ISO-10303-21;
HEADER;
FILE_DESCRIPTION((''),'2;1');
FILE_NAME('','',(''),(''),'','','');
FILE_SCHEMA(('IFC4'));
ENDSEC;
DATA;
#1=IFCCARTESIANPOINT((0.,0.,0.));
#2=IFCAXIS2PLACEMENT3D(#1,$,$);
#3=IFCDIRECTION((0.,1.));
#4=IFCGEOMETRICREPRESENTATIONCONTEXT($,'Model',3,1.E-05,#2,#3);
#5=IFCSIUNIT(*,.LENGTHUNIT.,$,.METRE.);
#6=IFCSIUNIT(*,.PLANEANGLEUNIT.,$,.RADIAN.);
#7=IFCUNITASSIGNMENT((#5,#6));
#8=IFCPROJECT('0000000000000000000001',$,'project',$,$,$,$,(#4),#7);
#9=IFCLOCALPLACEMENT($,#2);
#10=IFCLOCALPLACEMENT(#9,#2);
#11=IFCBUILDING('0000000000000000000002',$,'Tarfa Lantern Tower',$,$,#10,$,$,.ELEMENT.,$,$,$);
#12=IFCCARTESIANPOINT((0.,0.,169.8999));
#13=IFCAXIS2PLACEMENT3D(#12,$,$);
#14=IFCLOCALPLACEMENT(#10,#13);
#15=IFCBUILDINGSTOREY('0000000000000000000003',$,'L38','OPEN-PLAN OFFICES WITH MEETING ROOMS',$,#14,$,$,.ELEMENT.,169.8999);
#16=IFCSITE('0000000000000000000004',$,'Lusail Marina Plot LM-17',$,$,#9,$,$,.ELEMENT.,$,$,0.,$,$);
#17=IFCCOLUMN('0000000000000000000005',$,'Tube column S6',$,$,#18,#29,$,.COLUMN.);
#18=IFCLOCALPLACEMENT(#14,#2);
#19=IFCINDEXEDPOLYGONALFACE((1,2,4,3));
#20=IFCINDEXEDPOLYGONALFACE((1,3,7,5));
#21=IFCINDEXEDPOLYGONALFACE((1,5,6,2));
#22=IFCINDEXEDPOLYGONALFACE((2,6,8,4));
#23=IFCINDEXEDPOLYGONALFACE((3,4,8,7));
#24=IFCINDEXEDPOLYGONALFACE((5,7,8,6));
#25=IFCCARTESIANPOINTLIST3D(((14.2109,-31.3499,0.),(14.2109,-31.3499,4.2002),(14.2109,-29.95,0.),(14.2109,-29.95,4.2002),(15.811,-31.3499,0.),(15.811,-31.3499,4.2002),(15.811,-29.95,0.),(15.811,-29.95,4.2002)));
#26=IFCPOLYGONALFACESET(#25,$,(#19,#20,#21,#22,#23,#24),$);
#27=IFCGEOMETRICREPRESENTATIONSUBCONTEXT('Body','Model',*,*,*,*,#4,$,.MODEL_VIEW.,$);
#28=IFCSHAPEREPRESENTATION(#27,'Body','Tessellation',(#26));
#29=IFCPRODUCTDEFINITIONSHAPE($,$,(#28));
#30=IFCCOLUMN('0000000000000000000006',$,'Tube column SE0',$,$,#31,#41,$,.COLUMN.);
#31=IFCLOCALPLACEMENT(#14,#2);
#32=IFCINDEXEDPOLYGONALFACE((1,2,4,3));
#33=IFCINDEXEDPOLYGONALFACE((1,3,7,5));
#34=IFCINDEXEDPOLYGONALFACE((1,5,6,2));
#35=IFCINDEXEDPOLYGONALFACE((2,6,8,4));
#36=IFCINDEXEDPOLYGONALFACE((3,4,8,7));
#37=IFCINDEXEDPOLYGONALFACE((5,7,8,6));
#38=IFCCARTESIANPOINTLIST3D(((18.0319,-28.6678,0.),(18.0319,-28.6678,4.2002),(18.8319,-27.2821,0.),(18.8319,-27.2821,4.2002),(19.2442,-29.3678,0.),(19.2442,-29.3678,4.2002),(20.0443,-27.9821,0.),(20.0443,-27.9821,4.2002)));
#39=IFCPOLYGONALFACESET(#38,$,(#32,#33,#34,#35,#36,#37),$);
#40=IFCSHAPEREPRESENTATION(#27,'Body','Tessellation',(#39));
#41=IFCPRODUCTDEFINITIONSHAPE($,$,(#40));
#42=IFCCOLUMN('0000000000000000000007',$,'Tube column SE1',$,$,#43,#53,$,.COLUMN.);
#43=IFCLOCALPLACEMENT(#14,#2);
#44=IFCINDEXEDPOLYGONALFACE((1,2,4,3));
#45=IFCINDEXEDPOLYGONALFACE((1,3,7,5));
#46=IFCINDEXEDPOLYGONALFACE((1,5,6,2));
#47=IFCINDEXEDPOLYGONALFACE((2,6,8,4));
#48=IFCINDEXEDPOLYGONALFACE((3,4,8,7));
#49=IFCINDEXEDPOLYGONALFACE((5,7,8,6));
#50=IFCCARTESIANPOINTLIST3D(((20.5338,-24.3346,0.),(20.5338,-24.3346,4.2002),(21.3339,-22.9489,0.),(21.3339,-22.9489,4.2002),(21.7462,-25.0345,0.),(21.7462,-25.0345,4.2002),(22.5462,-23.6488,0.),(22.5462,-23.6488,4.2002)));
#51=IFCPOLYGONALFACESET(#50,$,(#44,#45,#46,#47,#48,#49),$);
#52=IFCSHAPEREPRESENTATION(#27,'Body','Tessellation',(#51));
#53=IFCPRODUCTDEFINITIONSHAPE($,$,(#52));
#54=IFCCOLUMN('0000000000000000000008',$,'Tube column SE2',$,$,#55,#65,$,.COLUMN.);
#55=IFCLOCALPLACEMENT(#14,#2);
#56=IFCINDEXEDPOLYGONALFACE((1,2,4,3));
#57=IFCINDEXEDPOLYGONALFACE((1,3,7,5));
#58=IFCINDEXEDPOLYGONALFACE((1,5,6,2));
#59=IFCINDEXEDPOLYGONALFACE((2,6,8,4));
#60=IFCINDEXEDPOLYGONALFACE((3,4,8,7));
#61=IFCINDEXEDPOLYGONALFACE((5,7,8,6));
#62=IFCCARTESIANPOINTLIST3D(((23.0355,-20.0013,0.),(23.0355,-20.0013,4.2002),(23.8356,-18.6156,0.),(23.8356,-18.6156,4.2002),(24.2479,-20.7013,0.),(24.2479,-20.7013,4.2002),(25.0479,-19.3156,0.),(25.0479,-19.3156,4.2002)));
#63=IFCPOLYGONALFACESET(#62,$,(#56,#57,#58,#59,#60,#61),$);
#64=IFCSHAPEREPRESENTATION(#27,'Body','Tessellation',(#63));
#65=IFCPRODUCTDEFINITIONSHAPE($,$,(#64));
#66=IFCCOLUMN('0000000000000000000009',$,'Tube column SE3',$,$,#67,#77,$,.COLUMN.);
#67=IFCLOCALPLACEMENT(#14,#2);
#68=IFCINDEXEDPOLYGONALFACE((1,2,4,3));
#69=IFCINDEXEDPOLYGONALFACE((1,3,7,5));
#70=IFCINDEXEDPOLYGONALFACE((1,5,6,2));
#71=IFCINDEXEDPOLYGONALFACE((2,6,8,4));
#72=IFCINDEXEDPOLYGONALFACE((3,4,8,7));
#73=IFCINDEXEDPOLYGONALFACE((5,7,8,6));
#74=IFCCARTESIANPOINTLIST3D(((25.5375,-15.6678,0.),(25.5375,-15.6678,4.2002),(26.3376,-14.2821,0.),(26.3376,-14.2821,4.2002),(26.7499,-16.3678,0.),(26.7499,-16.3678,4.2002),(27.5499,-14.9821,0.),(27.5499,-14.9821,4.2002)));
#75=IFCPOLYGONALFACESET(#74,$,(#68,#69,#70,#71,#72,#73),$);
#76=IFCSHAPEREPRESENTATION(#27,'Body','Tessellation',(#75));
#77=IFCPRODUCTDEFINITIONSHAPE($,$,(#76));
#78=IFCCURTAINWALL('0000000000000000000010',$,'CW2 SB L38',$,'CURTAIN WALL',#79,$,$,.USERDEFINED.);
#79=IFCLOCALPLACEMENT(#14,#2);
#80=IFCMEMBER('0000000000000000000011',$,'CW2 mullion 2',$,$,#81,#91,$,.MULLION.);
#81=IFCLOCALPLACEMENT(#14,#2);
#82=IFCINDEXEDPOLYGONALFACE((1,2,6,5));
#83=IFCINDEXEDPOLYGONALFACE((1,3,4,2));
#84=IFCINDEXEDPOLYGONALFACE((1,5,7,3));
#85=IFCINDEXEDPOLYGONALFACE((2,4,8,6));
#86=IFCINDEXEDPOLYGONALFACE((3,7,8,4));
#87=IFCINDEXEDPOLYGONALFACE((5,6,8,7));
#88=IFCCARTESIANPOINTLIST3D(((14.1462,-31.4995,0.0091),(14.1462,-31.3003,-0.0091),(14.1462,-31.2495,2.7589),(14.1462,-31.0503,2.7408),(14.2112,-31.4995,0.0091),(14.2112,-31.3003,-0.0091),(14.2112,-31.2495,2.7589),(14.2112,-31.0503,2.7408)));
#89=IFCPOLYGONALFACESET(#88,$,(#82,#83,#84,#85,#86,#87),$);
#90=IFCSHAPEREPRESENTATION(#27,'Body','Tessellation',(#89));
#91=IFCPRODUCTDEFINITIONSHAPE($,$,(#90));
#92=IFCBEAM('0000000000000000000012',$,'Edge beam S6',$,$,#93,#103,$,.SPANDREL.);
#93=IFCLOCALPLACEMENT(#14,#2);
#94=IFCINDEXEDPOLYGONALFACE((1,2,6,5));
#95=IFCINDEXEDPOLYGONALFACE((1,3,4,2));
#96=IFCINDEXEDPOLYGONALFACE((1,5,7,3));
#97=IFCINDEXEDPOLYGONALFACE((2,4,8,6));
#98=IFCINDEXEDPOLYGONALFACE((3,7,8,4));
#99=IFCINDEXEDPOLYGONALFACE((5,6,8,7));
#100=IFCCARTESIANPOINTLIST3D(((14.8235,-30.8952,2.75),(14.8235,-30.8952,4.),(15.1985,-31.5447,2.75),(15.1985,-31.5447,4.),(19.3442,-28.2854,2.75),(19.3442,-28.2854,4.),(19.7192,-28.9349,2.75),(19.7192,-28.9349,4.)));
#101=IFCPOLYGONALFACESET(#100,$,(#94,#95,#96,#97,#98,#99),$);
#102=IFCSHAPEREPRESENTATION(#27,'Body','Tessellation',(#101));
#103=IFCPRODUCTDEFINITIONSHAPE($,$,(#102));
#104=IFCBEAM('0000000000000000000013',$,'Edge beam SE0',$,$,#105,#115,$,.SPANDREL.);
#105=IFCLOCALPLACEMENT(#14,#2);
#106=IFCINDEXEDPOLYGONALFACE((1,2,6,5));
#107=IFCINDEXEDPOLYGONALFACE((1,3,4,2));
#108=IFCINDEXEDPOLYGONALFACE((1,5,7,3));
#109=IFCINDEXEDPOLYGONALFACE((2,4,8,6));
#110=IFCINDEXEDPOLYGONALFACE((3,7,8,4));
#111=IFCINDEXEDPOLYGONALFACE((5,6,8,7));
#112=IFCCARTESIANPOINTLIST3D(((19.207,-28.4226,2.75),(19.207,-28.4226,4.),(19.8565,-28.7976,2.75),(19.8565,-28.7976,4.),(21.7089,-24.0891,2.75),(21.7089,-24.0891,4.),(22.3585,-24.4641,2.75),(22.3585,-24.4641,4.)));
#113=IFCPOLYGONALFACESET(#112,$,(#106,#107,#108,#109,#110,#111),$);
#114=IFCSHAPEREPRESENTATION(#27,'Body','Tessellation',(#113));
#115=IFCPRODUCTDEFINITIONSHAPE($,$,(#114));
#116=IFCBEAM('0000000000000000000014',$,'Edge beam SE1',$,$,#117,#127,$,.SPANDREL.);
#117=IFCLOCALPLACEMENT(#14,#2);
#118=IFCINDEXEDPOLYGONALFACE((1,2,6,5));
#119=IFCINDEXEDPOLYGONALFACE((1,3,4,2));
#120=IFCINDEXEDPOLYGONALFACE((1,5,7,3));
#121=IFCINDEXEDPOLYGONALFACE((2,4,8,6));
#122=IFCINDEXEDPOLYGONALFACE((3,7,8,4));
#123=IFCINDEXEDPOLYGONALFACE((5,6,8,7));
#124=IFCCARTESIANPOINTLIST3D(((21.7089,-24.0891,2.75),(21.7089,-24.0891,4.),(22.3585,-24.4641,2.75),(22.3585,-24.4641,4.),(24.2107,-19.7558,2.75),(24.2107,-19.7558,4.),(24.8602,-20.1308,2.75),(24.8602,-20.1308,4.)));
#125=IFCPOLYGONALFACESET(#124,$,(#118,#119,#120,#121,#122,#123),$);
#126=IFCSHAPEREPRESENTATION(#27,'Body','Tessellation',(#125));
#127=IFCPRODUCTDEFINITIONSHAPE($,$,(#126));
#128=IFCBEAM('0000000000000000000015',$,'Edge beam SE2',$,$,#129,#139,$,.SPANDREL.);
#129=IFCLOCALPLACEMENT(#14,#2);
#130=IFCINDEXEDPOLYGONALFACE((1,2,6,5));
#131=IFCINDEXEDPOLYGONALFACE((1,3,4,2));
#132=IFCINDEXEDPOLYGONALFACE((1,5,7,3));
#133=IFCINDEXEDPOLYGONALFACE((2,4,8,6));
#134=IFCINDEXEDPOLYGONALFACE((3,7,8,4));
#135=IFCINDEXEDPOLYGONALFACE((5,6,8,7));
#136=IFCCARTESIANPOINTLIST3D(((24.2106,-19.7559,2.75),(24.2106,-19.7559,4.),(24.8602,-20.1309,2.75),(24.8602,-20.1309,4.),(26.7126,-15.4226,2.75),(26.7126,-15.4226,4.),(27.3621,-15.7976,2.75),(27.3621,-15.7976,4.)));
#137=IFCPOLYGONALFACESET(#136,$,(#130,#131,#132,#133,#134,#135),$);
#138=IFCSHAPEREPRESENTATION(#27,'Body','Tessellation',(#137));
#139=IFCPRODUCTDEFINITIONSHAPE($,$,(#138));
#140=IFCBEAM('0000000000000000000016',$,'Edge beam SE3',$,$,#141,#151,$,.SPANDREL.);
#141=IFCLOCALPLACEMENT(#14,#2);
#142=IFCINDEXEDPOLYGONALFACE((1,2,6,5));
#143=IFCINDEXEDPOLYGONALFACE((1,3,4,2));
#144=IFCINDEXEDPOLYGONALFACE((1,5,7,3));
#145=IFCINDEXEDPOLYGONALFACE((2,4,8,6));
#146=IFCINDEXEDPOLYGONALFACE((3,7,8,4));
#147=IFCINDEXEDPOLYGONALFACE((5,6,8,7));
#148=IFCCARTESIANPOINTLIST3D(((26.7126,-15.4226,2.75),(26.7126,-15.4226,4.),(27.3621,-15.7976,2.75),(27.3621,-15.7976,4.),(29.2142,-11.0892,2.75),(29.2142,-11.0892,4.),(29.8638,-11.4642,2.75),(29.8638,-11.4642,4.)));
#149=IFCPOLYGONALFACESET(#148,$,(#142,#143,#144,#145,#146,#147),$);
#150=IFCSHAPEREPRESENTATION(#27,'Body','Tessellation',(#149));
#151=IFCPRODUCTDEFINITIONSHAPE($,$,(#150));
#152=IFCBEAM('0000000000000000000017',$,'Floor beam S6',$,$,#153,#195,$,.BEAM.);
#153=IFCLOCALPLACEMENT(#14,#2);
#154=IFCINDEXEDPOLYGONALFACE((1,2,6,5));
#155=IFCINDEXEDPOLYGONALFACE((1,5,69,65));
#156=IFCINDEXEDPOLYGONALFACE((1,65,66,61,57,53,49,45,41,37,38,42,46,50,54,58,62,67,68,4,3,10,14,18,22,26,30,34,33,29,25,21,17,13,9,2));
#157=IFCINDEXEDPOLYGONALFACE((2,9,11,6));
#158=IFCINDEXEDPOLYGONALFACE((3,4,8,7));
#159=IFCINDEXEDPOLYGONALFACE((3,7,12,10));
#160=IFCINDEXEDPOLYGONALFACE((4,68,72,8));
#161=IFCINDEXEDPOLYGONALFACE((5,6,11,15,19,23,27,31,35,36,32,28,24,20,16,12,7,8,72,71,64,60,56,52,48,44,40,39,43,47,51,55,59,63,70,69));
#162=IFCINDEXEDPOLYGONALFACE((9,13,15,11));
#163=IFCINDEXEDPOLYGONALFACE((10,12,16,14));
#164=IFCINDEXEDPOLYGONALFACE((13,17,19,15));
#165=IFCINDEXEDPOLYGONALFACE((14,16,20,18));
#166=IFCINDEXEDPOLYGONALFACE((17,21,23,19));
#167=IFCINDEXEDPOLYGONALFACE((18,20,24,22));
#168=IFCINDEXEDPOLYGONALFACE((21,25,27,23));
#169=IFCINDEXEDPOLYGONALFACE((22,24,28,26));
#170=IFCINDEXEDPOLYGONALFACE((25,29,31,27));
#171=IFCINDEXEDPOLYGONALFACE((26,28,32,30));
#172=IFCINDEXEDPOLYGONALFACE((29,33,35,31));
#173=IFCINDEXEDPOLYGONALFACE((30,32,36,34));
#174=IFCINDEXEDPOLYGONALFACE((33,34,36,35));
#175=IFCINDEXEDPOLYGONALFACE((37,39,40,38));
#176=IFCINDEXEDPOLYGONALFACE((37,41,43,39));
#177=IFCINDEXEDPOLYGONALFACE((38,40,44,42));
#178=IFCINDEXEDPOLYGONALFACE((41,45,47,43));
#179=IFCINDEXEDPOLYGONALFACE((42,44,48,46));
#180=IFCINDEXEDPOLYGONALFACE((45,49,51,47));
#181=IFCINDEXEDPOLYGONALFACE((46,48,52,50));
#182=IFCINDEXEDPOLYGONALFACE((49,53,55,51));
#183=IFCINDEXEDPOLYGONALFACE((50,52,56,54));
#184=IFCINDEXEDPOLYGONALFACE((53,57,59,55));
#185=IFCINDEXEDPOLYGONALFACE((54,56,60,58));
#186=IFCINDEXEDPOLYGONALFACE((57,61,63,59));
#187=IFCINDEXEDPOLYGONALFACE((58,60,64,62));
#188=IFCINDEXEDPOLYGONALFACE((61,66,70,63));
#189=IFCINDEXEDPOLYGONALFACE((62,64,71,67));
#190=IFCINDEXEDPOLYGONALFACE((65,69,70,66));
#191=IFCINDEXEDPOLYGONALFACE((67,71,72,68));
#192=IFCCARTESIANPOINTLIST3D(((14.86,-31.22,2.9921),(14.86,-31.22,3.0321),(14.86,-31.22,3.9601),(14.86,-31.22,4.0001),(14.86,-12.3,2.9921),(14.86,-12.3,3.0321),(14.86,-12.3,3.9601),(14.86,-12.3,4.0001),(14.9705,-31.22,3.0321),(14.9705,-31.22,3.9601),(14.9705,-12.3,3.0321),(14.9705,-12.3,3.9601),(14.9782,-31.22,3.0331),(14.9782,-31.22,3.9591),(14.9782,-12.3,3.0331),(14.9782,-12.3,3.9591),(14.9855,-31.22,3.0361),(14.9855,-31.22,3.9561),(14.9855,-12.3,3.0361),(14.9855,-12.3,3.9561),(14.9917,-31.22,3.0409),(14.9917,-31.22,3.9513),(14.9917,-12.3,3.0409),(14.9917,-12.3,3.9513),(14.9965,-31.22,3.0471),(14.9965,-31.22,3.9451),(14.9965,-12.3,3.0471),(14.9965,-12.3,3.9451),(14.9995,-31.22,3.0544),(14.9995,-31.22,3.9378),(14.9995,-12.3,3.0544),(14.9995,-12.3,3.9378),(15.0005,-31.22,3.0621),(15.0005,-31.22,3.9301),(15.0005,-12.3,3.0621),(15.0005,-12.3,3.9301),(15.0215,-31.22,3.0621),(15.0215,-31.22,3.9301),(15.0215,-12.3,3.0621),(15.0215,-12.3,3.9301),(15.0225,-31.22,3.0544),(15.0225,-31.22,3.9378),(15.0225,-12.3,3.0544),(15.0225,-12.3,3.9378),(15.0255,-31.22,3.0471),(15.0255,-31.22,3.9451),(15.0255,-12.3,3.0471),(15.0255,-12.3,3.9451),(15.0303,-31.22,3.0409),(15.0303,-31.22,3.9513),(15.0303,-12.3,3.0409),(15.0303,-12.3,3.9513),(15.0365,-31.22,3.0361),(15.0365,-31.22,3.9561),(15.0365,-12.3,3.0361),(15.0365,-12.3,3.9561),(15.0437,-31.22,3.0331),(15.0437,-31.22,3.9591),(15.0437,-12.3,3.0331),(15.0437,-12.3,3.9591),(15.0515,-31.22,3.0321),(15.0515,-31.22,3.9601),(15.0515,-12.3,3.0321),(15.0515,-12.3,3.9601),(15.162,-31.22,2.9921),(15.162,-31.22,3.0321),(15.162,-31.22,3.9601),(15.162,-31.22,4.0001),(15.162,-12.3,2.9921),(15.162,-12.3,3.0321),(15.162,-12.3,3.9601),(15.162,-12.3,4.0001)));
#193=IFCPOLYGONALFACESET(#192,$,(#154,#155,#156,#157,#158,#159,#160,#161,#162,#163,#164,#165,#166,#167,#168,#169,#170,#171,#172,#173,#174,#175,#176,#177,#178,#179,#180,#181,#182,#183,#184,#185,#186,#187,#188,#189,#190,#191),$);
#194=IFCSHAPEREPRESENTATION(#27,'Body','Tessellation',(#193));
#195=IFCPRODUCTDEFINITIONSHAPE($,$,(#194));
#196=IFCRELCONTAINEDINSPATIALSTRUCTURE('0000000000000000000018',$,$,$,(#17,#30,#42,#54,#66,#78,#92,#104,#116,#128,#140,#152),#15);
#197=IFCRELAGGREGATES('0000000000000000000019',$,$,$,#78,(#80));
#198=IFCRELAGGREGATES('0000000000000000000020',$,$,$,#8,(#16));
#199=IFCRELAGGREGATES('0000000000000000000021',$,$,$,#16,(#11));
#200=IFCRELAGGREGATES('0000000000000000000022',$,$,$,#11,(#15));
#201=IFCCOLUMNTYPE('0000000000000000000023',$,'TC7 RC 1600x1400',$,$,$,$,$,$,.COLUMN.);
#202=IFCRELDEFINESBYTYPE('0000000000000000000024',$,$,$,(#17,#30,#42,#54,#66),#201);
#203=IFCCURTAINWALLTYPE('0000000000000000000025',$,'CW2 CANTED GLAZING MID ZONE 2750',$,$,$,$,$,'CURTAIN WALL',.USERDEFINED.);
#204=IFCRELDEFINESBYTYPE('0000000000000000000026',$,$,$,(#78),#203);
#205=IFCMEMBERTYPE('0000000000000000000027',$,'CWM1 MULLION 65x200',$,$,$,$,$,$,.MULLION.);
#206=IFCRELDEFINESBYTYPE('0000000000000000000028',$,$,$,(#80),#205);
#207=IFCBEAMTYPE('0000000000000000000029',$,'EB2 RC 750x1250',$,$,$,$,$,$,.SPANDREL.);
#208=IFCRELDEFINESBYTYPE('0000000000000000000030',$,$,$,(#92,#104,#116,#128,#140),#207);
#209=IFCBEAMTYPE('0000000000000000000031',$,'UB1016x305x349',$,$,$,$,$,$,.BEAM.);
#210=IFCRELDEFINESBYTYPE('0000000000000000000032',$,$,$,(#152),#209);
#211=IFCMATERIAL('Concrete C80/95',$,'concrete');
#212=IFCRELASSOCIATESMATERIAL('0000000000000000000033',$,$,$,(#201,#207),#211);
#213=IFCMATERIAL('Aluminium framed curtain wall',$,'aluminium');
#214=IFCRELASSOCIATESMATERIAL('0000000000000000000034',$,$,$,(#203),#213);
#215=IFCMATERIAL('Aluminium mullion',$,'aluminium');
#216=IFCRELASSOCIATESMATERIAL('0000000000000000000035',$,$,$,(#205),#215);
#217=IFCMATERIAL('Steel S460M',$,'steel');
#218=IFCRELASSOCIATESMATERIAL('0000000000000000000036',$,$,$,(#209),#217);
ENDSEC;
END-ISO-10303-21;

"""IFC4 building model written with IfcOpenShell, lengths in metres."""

from ifc_helpers import new_model, si_unit, direction, frame, origin, origin_2d, place, context, subcontext, project, spatial, rectangle, i_section, extrude, material, material_profile, profile_set, type_object, element, aggregate, save


model = new_model("IFC4")

# Units and contexts
model_context = context("Model", 3, precision=1e-05, world=origin(), true_north=direction((0.0, 1.0)))
body_context = subcontext(model_context, "Body", "Model", "MODEL_VIEW")
ifc_project = project(units=[si_unit("LENGTHUNIT", "METRE"), si_unit("PLANEANGLEUNIT", "RADIAN")], contexts=[model_context])

# Site, building, storey
site_placement = place(None, origin())
site = spatial("IfcSite", under=ifc_project, at=site_placement, Name="Lusail Marina Plot LM-17", CompositionType="ELEMENT", RefElevation=0.0)
building_placement = place(site_placement, origin())
building = spatial("IfcBuilding", under=site, at=building_placement, Name="Tarfa Lantern Tower", CompositionType="ELEMENT")
storey_placement = place(building_placement, frame((0.0, 0.0, 169.8999)))
storey = spatial("IfcBuildingStorey", under=building, at=storey_placement, Name="L38", Description="OPEN-PLAN OFFICES WITH MEETING ROOMS", CompositionType="ELEMENT", Elevation=169.8999)

# Columns
ifc_material_1 = material(Name="Concrete C80/95", Category="concrete")
ifc_material_profile_1 = material_profile(ifc_material_1, rectangle(XDim=1.6001, YDim=1.3999, at=origin_2d()), Name="RC 1600x1400")
ifc_profile_set_1 = profile_set([ifc_material_profile_1], Name="Concrete C80/95")
column_type = type_object("IfcColumnType", Name="TC7 RC 1600x1400", PredefinedType="COLUMN", material=ifc_profile_set_1)
for number, where, z_axis, x_axis, name in (
    (1, (15.011, -30.6499, 0.0), (0.0, 0.0, 1.0), (1.0, 0.0, 0.0), "Tube column S6"),
    (2, (19.0381, -28.325, 0.0), (0.0, 0.0, 1.0), (0.5, 0.866025, 0.0), "Tube column SE0"),
    (3, (21.54, -23.9917, 0.0), (0.0, 0.0, 1.0), (0.5, 0.866025, 0.0), "Tube column SE1"),
    (4, (24.0417, -19.6584, 0.0), (0.0, 0.0, 1.0), (0.5, 0.866025, 0.0), "Tube column SE2"),
    (5, (26.5437, -15.325, 0.0), (0.0, 0.0, 1.0), (0.5, 0.866025, 0.0), "Tube column SE3"),
):
    element("IfcColumn", number, at=place(storey_placement, frame(where, z_axis=z_axis, x_axis=x_axis)), inside=storey, type_object=column_type, Name=name, PredefinedType="COLUMN", context=body_context, shape_type="SweptSolid", body=[
        extrude(rectangle(XDim=1.6001, YDim=1.3999, at=origin_2d()), origin(), (0.0, 0.0, 1.0), 4.2002),
    ])

# Curtain wall, member
ifc_material_2 = material(Name="Aluminium framed curtain wall", Category="aluminium")
curtain_wall_type = type_object("IfcCurtainWallType", Name="CW2 CANTED GLAZING MID ZONE 2750", ElementType="CURTAIN WALL", PredefinedType="USERDEFINED", material=ifc_material_2)
curtain_wall_placement = place(storey_placement, origin())
curtain_wall = element("IfcCurtainWall", 6, at=curtain_wall_placement, inside=storey, type_object=curtain_wall_type, Name="CW2 SB L38", ObjectType="CURTAIN WALL", PredefinedType="USERDEFINED")
ifc_material_3 = material(Name="Aluminium mullion", Category="aluminium")
ifc_material_profile_2 = material_profile(ifc_material_3, rectangle(XDim=0.0649, YDim=0.2, at=origin_2d()), Name="AL MULLION 65x200")
ifc_profile_set_2 = profile_set([ifc_material_profile_2], Name="Aluminium mullion")
member_type = type_object("IfcMemberType", Name="CWM1 MULLION 65x200", PredefinedType="MULLION", material=ifc_profile_set_2)
member_placement = place(storey_placement, frame((14.1787, -31.3999, 0.0), z_axis=(0.0, 0.090536, 0.995893), x_axis=(-1.0, 0.0, 0.0)))
member = element("IfcMember", 7, at=member_placement, type_object=member_type, Name="CW2 mullion 2", PredefinedType="MULLION", context=body_context, shape_type="SweptSolid", body=[
    extrude(rectangle(XDim=0.0649, YDim=0.2, at=origin_2d()), origin(), (0.0, 0.0, 1.0), 2.7612),
])
aggregate(curtain_wall, [member])

# Beams
ifc_material_profile_3 = material_profile(ifc_material_1, rectangle(XDim=0.75, YDim=1.25, at=origin_2d()), Name="RC 750x1250")
ifc_profile_set_3 = profile_set([ifc_material_profile_3], Name="Concrete C80/95")
beam_type_1 = type_object("IfcBeamType", Name="EB2 RC 750x1250", PredefinedType="SPANDREL", material=ifc_profile_set_3)
beam_1_placement = place(storey_placement, frame((15.011, -31.22, 3.375), z_axis=(0.866042, 0.499972, 0.0), x_axis=(-0.499972, 0.866042, 0.0)))
element("IfcBeam", 8, at=beam_1_placement, inside=storey, type_object=beam_type_1, Name="Edge beam S6", PredefinedType="SPANDREL", context=body_context, shape_type="SweptSolid", body=[
    extrude(rectangle(XDim=0.75, YDim=1.25, at=origin_2d()), origin(), (0.0, 0.0, 1.0), 5.22),
])
beam_2_placement = place(storey_placement, frame((19.5317, -28.6101, 3.375), z_axis=(0.500001, 0.866025, 0.0), x_axis=(-0.866025, 0.500001, 0.0)))
element("IfcBeam", 9, at=beam_2_placement, inside=storey, type_object=beam_type_1, Name="Edge beam SE0", PredefinedType="SPANDREL", context=body_context, shape_type="SweptSolid", body=[
    extrude(rectangle(XDim=0.75, YDim=1.25, at=origin_2d()), origin(), (0.0, 0.0, 1.0), 5.0039),
])
for number, where, z_axis, x_axis, name in (
    (10, (22.0337, -24.2766, 3.375), (0.499986, 0.866034, 0.0), (-0.866034, 0.499986, 0.0), "Edge beam SE1"),
    (11, (24.5354, -19.9434, 3.375), (0.500022, 0.866013, 0.0), (-0.866013, 0.500022, 0.0), "Edge beam SE2"),
    (12, (27.0374, -15.6101, 3.375), (0.499965, 0.866046, 0.0), (-0.866046, 0.499965, 0.0), "Edge beam SE3"),
):
    element("IfcBeam", number, at=place(storey_placement, frame(where, z_axis=z_axis, x_axis=x_axis)), inside=storey, type_object=beam_type_1, Name=name, PredefinedType="SPANDREL", context=body_context, shape_type="SweptSolid", body=[
        extrude(rectangle(XDim=0.75, YDim=1.25, at=origin_2d()), origin(), (0.0, 0.0, 1.0), 5.0037),
    ])
ifc_material_4 = material(Name="Steel S460M", Category="steel")
ifc_material_profile_4 = material_profile(ifc_material_4, i_section(OverallWidth=0.302, OverallDepth=1.0081, WebThickness=0.021, FlangeThickness=0.04, FilletRadius=0.03, at=origin_2d()), Name="UB1016x305x349")
ifc_profile_set_4 = profile_set([ifc_material_profile_4], Name="Steel S460M")
beam_type_2 = type_object("IfcBeamType", Name="UB1016x305x349", PredefinedType="BEAM", material=ifc_profile_set_4)
beam_3_placement = place(storey_placement, frame((15.011, -31.22, 3.4961), z_axis=(0.0, 1.0, 0.0), x_axis=(-1.0, 0.0, 0.0)))
element("IfcBeam", 13, at=beam_3_placement, inside=storey, type_object=beam_type_2, Name="Floor beam S6", PredefinedType="BEAM", context=body_context, shape_type="SweptSolid", body=[
    extrude(i_section(OverallWidth=0.302, OverallDepth=1.0081, WebThickness=0.021, FlangeThickness=0.04, FilletRadius=0.03, at=origin_2d()), origin(), (0.0, 0.0, 1.0), 18.9199),
])

save(model, "model.ifc")
